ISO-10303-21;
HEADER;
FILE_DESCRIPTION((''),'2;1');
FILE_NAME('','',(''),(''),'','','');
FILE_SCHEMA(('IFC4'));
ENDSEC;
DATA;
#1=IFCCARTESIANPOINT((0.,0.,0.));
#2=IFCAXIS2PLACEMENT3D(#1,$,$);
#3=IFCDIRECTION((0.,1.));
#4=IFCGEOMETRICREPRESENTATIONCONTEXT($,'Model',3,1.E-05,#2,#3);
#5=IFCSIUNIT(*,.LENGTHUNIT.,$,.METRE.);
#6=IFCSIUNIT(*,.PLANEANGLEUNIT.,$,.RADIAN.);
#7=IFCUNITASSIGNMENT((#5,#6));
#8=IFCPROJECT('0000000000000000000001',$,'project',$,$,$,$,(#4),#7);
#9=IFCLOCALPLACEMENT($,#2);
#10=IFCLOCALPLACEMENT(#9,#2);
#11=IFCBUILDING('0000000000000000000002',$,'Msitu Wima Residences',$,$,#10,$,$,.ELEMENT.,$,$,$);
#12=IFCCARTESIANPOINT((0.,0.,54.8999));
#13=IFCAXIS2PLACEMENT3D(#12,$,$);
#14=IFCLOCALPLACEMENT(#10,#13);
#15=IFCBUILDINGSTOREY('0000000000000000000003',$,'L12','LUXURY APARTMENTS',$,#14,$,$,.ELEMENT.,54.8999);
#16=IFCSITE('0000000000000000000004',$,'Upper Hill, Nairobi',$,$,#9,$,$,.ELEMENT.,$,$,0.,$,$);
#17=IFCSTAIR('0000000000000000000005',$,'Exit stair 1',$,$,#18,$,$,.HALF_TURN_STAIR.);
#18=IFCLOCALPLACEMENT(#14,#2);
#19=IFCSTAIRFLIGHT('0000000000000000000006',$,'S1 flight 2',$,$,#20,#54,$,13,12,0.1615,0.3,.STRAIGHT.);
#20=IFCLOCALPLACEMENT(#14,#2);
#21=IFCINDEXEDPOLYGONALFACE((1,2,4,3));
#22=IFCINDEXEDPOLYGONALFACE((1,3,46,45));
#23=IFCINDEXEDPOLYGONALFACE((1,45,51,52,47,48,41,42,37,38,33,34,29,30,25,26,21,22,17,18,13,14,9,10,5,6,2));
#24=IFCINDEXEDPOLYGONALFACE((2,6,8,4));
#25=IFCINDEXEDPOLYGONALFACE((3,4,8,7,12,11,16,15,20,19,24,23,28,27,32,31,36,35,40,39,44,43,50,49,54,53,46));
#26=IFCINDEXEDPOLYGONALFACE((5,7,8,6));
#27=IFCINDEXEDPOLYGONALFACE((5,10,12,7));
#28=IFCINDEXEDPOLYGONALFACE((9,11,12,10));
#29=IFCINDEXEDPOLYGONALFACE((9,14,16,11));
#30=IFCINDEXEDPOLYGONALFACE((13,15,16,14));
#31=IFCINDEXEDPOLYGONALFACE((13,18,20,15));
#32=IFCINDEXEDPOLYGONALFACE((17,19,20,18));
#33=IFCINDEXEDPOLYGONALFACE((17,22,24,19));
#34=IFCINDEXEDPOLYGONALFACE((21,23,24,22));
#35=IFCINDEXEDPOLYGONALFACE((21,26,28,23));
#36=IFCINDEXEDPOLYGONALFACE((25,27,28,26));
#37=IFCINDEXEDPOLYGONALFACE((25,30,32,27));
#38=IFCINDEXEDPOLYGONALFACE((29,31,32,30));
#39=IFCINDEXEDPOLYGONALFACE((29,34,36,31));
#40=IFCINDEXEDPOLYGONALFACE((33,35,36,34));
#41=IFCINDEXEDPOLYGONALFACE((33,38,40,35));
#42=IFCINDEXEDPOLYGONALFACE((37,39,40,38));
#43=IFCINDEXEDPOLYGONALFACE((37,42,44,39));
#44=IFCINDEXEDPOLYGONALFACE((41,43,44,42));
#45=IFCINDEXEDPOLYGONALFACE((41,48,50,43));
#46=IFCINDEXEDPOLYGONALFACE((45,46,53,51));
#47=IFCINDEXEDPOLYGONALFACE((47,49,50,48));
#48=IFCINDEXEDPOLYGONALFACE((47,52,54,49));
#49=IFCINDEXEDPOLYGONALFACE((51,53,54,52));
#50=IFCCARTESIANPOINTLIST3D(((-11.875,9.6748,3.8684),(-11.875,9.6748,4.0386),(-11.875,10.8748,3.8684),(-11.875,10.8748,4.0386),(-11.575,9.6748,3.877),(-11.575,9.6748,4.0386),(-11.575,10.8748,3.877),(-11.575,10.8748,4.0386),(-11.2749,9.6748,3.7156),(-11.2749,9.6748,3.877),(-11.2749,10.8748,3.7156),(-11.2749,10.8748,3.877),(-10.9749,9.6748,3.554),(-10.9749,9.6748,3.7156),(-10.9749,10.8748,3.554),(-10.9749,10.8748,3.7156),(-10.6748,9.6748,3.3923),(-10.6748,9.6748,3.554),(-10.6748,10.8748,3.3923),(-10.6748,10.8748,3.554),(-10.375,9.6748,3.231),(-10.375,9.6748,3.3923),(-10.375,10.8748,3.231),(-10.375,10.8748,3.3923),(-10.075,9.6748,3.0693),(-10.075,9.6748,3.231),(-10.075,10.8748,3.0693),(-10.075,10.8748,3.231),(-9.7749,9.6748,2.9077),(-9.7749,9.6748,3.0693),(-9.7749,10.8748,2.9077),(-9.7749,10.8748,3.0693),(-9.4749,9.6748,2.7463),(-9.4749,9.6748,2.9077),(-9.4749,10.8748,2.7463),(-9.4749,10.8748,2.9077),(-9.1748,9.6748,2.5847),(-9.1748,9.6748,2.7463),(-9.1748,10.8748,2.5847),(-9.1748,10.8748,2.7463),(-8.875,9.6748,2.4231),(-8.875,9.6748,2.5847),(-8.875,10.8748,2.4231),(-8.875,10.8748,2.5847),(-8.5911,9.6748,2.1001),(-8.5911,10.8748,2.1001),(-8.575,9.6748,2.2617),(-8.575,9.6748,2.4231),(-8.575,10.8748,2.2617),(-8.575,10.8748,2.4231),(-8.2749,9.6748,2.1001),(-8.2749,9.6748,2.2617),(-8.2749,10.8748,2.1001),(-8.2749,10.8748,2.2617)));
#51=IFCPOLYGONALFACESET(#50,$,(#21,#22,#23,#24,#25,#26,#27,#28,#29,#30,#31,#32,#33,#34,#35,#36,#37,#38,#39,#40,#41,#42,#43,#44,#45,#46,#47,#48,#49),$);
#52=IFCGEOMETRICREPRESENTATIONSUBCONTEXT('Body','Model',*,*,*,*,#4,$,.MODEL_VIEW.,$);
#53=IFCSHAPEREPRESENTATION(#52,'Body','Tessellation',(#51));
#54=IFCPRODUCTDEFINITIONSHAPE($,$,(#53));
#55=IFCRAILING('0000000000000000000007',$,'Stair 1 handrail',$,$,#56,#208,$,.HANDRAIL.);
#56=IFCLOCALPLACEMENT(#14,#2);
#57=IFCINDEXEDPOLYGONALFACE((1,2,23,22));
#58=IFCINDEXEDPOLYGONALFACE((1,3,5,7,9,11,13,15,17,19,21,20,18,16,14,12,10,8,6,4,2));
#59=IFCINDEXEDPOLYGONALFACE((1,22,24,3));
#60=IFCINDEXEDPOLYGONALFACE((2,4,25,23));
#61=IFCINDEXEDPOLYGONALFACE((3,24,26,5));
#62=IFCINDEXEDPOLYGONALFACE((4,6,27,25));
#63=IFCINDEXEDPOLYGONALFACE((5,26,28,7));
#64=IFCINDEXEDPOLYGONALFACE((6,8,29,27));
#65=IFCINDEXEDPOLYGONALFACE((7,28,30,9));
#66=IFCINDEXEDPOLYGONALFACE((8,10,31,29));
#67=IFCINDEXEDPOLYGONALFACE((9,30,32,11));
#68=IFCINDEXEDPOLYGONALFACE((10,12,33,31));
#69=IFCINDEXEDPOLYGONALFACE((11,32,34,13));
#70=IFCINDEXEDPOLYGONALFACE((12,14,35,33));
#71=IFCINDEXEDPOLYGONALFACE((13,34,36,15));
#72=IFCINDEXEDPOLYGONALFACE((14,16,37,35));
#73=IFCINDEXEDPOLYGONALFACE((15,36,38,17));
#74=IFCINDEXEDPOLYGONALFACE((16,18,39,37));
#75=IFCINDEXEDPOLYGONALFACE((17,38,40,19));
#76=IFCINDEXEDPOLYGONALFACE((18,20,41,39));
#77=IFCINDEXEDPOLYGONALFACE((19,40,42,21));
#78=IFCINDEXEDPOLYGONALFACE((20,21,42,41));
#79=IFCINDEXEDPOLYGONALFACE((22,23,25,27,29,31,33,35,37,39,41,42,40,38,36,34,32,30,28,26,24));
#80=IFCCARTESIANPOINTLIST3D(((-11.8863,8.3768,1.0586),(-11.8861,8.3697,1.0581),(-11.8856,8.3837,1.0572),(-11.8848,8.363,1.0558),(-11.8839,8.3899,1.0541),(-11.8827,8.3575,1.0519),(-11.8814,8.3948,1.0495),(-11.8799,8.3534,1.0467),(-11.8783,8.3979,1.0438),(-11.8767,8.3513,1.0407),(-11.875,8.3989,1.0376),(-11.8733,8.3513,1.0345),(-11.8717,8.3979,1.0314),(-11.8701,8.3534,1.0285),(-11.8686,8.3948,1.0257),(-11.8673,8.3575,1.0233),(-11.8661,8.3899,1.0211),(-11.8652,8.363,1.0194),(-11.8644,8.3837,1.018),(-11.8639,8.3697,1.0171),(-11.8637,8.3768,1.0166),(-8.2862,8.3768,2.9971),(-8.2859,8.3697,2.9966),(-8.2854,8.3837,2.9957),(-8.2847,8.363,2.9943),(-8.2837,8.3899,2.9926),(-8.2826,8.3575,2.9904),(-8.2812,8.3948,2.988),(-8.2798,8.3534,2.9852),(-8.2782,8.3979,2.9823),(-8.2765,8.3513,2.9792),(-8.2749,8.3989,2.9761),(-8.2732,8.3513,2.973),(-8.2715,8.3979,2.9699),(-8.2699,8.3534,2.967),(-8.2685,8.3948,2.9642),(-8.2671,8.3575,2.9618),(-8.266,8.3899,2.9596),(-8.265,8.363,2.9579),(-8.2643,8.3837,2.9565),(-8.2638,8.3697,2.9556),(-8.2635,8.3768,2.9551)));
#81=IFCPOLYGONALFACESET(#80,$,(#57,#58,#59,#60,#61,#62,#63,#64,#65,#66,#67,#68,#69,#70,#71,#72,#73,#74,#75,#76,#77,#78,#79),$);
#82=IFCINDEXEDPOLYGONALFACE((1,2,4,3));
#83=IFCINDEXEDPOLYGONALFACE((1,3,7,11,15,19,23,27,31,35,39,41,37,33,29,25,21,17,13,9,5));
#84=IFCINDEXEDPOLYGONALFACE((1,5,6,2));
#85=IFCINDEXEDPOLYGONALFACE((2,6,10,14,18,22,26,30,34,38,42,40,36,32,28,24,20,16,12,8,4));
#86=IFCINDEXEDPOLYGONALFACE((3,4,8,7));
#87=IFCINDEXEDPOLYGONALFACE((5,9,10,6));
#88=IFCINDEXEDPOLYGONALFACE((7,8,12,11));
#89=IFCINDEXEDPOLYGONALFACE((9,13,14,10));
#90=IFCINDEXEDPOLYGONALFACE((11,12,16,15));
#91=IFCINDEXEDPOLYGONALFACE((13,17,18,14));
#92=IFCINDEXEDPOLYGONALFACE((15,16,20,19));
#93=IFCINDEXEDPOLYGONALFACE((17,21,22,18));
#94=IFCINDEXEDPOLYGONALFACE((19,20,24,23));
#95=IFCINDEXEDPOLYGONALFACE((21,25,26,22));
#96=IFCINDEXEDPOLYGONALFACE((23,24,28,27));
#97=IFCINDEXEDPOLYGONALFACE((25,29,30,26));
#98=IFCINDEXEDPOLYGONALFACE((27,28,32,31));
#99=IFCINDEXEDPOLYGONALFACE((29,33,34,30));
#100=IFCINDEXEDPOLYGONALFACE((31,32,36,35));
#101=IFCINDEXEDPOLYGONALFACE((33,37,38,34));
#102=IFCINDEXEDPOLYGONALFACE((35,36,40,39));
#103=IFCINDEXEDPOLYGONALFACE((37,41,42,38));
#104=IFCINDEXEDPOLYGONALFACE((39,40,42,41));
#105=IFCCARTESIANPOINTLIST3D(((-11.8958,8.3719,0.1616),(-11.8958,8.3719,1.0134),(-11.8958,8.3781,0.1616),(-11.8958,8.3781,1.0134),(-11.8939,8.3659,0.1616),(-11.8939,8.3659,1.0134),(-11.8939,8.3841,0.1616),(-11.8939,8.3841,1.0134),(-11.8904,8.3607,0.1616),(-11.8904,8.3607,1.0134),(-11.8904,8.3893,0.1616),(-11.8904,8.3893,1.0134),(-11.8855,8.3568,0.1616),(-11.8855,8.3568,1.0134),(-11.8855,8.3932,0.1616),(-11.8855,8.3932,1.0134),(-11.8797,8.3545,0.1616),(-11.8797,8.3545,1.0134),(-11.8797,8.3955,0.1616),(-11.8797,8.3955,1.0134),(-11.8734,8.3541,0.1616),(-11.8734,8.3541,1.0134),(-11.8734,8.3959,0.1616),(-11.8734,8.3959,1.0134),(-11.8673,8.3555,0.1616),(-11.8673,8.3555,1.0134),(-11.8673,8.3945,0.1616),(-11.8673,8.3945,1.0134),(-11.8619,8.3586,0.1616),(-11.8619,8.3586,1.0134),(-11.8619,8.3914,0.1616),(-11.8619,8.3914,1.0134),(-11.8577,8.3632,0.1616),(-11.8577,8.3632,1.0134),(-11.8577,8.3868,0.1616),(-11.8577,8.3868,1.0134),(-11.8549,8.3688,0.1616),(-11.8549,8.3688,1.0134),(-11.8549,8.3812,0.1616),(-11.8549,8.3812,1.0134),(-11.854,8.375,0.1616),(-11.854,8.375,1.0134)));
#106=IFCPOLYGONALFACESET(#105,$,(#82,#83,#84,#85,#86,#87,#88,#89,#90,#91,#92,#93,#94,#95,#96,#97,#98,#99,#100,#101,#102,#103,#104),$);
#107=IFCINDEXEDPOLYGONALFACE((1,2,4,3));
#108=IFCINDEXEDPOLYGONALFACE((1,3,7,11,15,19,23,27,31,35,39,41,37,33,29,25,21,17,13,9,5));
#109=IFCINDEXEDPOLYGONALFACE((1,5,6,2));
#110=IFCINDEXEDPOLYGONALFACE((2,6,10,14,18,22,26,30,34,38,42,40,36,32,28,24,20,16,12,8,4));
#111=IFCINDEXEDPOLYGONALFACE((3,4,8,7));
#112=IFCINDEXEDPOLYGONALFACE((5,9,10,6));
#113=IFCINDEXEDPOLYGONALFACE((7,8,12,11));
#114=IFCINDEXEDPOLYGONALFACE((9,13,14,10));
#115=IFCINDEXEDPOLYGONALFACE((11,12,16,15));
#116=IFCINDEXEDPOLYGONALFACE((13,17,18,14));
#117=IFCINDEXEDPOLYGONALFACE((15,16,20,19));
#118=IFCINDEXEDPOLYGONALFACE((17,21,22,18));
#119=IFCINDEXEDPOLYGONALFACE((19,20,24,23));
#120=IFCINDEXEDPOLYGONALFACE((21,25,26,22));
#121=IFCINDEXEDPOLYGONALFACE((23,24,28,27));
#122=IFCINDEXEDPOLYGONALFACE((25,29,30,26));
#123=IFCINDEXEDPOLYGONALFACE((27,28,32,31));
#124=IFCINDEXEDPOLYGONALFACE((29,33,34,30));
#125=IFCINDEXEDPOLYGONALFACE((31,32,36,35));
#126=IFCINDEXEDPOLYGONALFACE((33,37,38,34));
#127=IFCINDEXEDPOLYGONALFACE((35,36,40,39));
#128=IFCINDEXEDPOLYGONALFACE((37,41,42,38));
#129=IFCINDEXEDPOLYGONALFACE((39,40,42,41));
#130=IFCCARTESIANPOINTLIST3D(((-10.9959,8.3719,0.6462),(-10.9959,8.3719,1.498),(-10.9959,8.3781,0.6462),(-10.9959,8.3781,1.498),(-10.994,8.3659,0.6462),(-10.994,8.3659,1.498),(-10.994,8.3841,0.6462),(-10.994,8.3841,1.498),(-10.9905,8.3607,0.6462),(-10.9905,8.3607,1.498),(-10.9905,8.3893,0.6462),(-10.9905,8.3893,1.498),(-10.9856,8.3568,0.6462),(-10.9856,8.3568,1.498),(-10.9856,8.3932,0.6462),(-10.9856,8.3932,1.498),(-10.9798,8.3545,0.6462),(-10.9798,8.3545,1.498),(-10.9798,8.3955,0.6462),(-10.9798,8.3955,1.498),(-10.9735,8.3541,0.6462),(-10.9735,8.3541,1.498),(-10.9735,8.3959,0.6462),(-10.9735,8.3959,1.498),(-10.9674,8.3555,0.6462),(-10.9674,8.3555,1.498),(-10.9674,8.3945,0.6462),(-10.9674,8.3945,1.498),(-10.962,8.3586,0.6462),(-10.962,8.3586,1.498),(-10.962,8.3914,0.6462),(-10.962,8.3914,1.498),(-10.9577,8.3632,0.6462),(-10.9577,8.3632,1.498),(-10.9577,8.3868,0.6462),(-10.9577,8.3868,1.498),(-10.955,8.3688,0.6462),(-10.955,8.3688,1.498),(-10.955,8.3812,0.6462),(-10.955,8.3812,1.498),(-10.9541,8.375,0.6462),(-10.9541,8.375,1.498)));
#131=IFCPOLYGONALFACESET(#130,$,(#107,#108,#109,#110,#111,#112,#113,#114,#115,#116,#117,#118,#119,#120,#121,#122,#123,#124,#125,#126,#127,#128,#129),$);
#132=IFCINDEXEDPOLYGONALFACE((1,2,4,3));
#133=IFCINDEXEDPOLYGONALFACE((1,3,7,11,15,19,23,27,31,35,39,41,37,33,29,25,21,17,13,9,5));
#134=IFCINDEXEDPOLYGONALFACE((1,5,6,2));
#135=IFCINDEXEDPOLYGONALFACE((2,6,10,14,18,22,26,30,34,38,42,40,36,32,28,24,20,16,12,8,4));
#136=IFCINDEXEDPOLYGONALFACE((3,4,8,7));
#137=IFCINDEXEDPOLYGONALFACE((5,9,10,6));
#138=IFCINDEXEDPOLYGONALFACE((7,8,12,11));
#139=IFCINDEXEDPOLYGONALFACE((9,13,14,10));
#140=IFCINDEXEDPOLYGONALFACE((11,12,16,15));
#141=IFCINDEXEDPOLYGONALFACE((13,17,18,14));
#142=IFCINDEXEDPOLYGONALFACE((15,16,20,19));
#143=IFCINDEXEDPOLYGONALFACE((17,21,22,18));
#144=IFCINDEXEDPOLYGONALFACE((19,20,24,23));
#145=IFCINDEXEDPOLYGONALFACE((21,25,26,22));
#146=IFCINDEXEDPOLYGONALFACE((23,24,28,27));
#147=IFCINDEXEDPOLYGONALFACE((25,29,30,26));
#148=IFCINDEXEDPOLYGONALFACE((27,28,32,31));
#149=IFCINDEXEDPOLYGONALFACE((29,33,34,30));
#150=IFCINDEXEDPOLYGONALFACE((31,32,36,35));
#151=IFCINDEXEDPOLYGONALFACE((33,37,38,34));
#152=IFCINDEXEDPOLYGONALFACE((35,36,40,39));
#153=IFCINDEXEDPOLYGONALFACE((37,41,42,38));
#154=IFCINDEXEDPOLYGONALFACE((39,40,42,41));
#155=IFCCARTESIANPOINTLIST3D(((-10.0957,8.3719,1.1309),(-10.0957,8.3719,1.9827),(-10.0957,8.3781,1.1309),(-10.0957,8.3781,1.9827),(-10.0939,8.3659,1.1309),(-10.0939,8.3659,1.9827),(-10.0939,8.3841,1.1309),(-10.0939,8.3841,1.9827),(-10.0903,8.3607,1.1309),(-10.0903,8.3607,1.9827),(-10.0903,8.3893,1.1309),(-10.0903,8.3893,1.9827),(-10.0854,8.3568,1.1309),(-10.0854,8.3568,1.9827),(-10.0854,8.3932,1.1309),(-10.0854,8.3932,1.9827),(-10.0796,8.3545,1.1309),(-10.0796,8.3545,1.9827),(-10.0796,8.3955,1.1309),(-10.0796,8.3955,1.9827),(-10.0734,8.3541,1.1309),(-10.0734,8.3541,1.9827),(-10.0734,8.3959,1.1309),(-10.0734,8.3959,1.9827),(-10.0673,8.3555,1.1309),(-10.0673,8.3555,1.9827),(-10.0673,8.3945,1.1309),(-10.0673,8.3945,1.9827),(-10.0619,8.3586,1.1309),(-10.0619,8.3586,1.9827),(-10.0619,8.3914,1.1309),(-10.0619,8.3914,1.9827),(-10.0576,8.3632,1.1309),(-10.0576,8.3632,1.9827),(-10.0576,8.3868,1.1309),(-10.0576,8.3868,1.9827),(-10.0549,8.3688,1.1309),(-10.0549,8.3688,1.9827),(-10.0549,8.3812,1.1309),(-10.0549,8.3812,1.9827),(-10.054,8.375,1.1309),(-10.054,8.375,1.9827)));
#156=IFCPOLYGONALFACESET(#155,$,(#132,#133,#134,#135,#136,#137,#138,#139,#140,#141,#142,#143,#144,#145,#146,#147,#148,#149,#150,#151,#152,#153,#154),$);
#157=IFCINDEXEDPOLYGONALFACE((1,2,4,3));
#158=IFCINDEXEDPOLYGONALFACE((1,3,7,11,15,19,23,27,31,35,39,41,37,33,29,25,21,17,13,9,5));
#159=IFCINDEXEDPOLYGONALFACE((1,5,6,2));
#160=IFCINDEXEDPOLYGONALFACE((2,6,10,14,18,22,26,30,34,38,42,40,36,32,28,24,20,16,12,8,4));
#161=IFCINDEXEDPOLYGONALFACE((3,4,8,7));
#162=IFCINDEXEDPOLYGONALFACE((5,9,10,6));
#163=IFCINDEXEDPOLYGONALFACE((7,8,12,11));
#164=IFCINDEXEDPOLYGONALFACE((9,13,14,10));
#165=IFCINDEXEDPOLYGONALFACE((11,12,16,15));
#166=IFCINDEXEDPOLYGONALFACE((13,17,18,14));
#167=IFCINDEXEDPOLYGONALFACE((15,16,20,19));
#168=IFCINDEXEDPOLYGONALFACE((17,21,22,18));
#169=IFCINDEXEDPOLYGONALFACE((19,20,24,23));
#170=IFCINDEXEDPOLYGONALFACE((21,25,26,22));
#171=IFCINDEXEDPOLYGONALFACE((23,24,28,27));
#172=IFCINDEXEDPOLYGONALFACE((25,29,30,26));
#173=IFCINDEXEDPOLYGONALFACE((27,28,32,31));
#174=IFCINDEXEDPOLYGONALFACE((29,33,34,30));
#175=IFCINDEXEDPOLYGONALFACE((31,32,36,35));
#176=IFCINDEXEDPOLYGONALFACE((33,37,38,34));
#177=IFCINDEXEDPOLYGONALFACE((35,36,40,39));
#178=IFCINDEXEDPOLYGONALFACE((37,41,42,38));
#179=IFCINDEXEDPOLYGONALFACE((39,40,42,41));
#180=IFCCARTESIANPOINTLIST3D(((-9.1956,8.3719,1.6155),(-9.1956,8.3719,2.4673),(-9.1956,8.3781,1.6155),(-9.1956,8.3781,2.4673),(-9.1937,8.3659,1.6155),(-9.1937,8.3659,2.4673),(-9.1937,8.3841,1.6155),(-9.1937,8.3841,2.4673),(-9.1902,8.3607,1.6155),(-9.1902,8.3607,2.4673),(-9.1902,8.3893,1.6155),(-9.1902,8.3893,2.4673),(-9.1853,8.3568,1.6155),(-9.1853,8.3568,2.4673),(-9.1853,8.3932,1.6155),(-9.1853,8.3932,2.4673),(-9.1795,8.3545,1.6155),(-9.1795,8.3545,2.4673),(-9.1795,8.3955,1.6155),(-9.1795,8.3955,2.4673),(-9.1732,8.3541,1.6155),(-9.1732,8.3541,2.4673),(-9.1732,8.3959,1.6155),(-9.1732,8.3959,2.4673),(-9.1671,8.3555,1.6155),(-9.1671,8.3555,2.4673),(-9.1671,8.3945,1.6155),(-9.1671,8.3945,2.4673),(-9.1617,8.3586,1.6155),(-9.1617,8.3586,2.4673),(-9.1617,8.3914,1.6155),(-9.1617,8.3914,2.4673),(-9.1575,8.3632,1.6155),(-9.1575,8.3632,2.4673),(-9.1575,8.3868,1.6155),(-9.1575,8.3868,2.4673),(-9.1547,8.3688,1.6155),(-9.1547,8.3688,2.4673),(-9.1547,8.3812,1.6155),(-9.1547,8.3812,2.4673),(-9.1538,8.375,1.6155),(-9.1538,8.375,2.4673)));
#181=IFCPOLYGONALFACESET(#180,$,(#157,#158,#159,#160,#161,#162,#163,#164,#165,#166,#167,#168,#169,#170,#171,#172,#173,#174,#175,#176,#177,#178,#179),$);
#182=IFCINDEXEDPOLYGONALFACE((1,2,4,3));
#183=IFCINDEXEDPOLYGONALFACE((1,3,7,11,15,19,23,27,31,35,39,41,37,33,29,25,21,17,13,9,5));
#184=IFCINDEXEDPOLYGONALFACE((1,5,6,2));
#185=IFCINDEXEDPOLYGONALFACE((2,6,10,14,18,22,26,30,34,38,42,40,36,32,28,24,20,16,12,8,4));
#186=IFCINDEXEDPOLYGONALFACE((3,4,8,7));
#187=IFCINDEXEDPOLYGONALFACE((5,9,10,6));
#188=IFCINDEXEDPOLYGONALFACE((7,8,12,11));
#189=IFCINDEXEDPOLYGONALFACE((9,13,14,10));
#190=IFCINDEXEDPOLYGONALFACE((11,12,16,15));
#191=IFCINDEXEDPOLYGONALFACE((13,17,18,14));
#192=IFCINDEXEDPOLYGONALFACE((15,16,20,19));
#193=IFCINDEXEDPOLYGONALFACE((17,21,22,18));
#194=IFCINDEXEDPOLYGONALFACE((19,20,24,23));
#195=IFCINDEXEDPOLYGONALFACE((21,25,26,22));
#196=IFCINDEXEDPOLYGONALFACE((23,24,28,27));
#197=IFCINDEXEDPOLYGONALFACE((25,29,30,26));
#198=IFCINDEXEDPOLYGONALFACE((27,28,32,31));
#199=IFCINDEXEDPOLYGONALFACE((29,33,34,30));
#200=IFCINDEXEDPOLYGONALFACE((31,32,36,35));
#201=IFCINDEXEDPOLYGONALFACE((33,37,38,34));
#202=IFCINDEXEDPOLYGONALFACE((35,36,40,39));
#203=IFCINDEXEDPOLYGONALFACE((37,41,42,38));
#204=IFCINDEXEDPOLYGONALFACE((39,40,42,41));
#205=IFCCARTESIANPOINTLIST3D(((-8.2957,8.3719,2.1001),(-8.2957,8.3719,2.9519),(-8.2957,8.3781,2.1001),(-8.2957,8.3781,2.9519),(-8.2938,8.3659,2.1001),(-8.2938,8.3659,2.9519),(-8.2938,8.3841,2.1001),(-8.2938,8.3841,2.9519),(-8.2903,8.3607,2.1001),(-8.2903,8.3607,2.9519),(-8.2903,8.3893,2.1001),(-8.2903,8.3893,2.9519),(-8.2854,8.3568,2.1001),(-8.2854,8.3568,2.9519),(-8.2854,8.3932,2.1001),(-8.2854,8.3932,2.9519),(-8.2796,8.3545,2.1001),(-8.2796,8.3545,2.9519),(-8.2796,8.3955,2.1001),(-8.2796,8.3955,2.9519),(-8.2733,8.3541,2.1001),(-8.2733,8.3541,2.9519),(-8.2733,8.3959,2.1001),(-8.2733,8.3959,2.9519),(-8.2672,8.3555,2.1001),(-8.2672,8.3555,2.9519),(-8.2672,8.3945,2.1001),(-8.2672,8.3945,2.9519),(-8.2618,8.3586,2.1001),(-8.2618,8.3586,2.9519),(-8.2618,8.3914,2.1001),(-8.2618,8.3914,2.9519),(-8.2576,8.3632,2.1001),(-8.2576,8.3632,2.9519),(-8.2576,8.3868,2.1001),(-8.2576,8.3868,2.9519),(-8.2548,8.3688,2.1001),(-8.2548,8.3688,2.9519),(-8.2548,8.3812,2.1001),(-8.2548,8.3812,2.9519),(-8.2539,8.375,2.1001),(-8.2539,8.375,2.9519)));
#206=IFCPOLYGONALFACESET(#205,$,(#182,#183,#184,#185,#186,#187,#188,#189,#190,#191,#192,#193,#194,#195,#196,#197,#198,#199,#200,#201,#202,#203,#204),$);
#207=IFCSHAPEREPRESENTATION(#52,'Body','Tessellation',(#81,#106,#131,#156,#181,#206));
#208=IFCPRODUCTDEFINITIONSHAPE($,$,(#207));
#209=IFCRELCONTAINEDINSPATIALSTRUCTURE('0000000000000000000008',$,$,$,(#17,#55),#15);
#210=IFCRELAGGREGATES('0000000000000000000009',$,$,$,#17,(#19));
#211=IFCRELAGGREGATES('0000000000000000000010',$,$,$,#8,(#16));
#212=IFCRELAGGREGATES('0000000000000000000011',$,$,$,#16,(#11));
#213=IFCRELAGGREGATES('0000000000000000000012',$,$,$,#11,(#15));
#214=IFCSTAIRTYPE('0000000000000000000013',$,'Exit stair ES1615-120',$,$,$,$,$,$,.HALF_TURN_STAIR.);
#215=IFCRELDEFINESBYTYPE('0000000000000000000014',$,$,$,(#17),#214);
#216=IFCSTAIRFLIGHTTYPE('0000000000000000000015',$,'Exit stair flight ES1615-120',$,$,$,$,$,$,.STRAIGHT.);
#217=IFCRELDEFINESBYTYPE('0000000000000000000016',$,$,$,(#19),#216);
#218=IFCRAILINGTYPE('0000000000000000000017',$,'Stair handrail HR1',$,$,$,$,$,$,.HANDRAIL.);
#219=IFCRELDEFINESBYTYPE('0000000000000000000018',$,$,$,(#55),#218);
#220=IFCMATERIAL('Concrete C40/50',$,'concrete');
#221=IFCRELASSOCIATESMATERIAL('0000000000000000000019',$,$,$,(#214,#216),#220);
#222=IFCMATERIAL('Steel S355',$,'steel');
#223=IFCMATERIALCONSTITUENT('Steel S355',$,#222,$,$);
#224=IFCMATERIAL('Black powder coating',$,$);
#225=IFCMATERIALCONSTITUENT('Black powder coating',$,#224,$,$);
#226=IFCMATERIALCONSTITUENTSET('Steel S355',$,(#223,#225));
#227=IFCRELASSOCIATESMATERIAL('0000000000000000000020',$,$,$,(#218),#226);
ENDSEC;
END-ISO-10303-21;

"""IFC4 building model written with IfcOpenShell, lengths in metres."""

from ifc_helpers import new_model, si_unit, direction, frame, origin, origin_2d, place, context, subcontext, project, spatial, polyline, circle, outline, extrude, material, constituent, constituent_set, type_object, element, aggregate, save


model = new_model("IFC4")

# Units and contexts
model_context = context("Model", 3, precision=1e-05, world=origin(), true_north=direction((0.0, 1.0)))
body_context = subcontext(model_context, "Body", "Model", "MODEL_VIEW")
ifc_project = project(units=[si_unit("LENGTHUNIT", "METRE"), si_unit("PLANEANGLEUNIT", "RADIAN")], contexts=[model_context])

# Site, building, storey
site_placement = place(None, origin())
site = spatial("IfcSite", under=ifc_project, at=site_placement, Name="Upper Hill, Nairobi", CompositionType="ELEMENT", RefElevation=0.0)
building_placement = place(site_placement, origin())
building = spatial("IfcBuilding", under=site, at=building_placement, Name="Msitu Wima Residences", CompositionType="ELEMENT")
storey_placement = place(building_placement, frame((0.0, 0.0, 54.8999)))
storey = spatial("IfcBuildingStorey", under=building, at=storey_placement, Name="L12", Description="LUXURY APARTMENTS", CompositionType="ELEMENT", Elevation=54.8999)

# Shared definitions
ifc_material_1 = material(Name="Concrete C40/50", Category="concrete")

# Stair, stair flight
stair_type = type_object("IfcStairType", Name="Exit stair ES1615-120", PredefinedType="HALF_TURN_STAIR", material=ifc_material_1)
stair_placement = place(storey_placement, origin())
stair = element("IfcStair", 1, at=stair_placement, inside=storey, type_object=stair_type, Name="Exit stair 1", PredefinedType="HALF_TURN_STAIR")
stair_flight_type = type_object("IfcStairFlightType", Name="Exit stair flight ES1615-120", PredefinedType="STRAIGHT", material=ifc_material_1)
stair_flight_1_placement = place(storey_placement, frame((-8.2749, 10.2749, 2.1001), z_axis=(0.0, 0.0, 1.0), x_axis=(-1.0, 0.0, 0.0)))
stair_flight_1 = element("IfcStairFlight", 2, at=stair_flight_1_placement, type_object=stair_flight_type, Name="S1 flight 2", NumberOfRisers=13, NumberOfTreads=12, PredefinedType="STRAIGHT", RiserHeight=0.1615, TreadLength=0.3, context=body_context, shape_type="SweptSolid", body=[
    extrude(outline(polyline([(0.0, 0.0), (0.0, 0.1616), (0.3, 0.1616), (0.3, 0.323), (0.6001, 0.323), (0.6001, 0.4846), (0.8999, 0.4846), (0.8999, 0.6462), (1.2, 0.6462), (1.2, 0.8076), (1.5, 0.8076), (1.5, 0.9692), (1.8, 0.9692), (1.8, 1.1309), (2.1001, 1.1309), (2.1001, 1.2922), (2.3999, 1.2922), (2.3999, 1.4539), (2.7, 1.4539), (2.7, 1.6155), (3.0, 1.6155), (3.0, 1.7769), (3.3, 1.7769), (3.3, 1.9385), (3.6001, 1.9385), (3.6001, 2.1001), (3.6001, 1.7683), (0.3162, 0.0), (0.0, 0.0)])), frame((0.0, 0.6001, 0.0), z_axis=(0.0, -1.0, 0.0), x_axis=(1.0, 0.0, 0.0)), (0.0, 0.0, 1.0), 1.2),
])
aggregate(stair, [stair_flight_1])

# Railing
ifc_material_2 = material(Name="Steel S355", Category="steel")
ifc_constituent_1 = constituent(ifc_material_2, Name="Steel S355")
ifc_material_3 = material(Name="Black powder coating")
ifc_constituent_2 = constituent(ifc_material_3, Name="Black powder coating")
ifc_constituent_set = constituent_set(constituents=[ifc_constituent_1, ifc_constituent_2], Name="Steel S355")
railing_type = type_object("IfcRailingType", Name="Stair handrail HR1", PredefinedType="HANDRAIL", material=ifc_constituent_set)
for number, where, name in (
    (3, (-11.875, 8.375, 0.1616), "Stair 1 handrail"),
):
    element("IfcRailing", number, at=place(storey_placement, frame(where)), inside=storey, type_object=railing_type, Name=name, PredefinedType="HANDRAIL", context=body_context, shape_type="SweptSolid", body=[
        extrude(circle(Radius=0.0239, at=origin_2d()), frame((0.0, 0.0, 0.876), z_axis=(0.880475, 0.0, 0.474093), x_axis=(0.0, 1.0, 0.0)), (0.0, 0.0, 1.0), 4.0889),
        extrude(circle(Radius=0.021, at=origin_2d()), origin(), (0.0, 0.0, 1.0), 0.8518),
        extrude(circle(Radius=0.021, at=origin_2d()), frame((0.8999, 0.0, 0.4846)), (0.0, 0.0, 1.0), 0.8518),
        extrude(circle(Radius=0.021, at=origin_2d()), frame((1.8, 0.0, 0.9692)), (0.0, 0.0, 1.0), 0.8518),
        extrude(circle(Radius=0.021, at=origin_2d()), frame((2.7002, 0.0, 1.4539)), (0.0, 0.0, 1.0), 0.8518),
        extrude(circle(Radius=0.021, at=origin_2d()), frame((3.6001, 0.0, 1.9385)), (0.0, 0.0, 1.0), 0.8518),
    ])

save(model, "model.ifc")
